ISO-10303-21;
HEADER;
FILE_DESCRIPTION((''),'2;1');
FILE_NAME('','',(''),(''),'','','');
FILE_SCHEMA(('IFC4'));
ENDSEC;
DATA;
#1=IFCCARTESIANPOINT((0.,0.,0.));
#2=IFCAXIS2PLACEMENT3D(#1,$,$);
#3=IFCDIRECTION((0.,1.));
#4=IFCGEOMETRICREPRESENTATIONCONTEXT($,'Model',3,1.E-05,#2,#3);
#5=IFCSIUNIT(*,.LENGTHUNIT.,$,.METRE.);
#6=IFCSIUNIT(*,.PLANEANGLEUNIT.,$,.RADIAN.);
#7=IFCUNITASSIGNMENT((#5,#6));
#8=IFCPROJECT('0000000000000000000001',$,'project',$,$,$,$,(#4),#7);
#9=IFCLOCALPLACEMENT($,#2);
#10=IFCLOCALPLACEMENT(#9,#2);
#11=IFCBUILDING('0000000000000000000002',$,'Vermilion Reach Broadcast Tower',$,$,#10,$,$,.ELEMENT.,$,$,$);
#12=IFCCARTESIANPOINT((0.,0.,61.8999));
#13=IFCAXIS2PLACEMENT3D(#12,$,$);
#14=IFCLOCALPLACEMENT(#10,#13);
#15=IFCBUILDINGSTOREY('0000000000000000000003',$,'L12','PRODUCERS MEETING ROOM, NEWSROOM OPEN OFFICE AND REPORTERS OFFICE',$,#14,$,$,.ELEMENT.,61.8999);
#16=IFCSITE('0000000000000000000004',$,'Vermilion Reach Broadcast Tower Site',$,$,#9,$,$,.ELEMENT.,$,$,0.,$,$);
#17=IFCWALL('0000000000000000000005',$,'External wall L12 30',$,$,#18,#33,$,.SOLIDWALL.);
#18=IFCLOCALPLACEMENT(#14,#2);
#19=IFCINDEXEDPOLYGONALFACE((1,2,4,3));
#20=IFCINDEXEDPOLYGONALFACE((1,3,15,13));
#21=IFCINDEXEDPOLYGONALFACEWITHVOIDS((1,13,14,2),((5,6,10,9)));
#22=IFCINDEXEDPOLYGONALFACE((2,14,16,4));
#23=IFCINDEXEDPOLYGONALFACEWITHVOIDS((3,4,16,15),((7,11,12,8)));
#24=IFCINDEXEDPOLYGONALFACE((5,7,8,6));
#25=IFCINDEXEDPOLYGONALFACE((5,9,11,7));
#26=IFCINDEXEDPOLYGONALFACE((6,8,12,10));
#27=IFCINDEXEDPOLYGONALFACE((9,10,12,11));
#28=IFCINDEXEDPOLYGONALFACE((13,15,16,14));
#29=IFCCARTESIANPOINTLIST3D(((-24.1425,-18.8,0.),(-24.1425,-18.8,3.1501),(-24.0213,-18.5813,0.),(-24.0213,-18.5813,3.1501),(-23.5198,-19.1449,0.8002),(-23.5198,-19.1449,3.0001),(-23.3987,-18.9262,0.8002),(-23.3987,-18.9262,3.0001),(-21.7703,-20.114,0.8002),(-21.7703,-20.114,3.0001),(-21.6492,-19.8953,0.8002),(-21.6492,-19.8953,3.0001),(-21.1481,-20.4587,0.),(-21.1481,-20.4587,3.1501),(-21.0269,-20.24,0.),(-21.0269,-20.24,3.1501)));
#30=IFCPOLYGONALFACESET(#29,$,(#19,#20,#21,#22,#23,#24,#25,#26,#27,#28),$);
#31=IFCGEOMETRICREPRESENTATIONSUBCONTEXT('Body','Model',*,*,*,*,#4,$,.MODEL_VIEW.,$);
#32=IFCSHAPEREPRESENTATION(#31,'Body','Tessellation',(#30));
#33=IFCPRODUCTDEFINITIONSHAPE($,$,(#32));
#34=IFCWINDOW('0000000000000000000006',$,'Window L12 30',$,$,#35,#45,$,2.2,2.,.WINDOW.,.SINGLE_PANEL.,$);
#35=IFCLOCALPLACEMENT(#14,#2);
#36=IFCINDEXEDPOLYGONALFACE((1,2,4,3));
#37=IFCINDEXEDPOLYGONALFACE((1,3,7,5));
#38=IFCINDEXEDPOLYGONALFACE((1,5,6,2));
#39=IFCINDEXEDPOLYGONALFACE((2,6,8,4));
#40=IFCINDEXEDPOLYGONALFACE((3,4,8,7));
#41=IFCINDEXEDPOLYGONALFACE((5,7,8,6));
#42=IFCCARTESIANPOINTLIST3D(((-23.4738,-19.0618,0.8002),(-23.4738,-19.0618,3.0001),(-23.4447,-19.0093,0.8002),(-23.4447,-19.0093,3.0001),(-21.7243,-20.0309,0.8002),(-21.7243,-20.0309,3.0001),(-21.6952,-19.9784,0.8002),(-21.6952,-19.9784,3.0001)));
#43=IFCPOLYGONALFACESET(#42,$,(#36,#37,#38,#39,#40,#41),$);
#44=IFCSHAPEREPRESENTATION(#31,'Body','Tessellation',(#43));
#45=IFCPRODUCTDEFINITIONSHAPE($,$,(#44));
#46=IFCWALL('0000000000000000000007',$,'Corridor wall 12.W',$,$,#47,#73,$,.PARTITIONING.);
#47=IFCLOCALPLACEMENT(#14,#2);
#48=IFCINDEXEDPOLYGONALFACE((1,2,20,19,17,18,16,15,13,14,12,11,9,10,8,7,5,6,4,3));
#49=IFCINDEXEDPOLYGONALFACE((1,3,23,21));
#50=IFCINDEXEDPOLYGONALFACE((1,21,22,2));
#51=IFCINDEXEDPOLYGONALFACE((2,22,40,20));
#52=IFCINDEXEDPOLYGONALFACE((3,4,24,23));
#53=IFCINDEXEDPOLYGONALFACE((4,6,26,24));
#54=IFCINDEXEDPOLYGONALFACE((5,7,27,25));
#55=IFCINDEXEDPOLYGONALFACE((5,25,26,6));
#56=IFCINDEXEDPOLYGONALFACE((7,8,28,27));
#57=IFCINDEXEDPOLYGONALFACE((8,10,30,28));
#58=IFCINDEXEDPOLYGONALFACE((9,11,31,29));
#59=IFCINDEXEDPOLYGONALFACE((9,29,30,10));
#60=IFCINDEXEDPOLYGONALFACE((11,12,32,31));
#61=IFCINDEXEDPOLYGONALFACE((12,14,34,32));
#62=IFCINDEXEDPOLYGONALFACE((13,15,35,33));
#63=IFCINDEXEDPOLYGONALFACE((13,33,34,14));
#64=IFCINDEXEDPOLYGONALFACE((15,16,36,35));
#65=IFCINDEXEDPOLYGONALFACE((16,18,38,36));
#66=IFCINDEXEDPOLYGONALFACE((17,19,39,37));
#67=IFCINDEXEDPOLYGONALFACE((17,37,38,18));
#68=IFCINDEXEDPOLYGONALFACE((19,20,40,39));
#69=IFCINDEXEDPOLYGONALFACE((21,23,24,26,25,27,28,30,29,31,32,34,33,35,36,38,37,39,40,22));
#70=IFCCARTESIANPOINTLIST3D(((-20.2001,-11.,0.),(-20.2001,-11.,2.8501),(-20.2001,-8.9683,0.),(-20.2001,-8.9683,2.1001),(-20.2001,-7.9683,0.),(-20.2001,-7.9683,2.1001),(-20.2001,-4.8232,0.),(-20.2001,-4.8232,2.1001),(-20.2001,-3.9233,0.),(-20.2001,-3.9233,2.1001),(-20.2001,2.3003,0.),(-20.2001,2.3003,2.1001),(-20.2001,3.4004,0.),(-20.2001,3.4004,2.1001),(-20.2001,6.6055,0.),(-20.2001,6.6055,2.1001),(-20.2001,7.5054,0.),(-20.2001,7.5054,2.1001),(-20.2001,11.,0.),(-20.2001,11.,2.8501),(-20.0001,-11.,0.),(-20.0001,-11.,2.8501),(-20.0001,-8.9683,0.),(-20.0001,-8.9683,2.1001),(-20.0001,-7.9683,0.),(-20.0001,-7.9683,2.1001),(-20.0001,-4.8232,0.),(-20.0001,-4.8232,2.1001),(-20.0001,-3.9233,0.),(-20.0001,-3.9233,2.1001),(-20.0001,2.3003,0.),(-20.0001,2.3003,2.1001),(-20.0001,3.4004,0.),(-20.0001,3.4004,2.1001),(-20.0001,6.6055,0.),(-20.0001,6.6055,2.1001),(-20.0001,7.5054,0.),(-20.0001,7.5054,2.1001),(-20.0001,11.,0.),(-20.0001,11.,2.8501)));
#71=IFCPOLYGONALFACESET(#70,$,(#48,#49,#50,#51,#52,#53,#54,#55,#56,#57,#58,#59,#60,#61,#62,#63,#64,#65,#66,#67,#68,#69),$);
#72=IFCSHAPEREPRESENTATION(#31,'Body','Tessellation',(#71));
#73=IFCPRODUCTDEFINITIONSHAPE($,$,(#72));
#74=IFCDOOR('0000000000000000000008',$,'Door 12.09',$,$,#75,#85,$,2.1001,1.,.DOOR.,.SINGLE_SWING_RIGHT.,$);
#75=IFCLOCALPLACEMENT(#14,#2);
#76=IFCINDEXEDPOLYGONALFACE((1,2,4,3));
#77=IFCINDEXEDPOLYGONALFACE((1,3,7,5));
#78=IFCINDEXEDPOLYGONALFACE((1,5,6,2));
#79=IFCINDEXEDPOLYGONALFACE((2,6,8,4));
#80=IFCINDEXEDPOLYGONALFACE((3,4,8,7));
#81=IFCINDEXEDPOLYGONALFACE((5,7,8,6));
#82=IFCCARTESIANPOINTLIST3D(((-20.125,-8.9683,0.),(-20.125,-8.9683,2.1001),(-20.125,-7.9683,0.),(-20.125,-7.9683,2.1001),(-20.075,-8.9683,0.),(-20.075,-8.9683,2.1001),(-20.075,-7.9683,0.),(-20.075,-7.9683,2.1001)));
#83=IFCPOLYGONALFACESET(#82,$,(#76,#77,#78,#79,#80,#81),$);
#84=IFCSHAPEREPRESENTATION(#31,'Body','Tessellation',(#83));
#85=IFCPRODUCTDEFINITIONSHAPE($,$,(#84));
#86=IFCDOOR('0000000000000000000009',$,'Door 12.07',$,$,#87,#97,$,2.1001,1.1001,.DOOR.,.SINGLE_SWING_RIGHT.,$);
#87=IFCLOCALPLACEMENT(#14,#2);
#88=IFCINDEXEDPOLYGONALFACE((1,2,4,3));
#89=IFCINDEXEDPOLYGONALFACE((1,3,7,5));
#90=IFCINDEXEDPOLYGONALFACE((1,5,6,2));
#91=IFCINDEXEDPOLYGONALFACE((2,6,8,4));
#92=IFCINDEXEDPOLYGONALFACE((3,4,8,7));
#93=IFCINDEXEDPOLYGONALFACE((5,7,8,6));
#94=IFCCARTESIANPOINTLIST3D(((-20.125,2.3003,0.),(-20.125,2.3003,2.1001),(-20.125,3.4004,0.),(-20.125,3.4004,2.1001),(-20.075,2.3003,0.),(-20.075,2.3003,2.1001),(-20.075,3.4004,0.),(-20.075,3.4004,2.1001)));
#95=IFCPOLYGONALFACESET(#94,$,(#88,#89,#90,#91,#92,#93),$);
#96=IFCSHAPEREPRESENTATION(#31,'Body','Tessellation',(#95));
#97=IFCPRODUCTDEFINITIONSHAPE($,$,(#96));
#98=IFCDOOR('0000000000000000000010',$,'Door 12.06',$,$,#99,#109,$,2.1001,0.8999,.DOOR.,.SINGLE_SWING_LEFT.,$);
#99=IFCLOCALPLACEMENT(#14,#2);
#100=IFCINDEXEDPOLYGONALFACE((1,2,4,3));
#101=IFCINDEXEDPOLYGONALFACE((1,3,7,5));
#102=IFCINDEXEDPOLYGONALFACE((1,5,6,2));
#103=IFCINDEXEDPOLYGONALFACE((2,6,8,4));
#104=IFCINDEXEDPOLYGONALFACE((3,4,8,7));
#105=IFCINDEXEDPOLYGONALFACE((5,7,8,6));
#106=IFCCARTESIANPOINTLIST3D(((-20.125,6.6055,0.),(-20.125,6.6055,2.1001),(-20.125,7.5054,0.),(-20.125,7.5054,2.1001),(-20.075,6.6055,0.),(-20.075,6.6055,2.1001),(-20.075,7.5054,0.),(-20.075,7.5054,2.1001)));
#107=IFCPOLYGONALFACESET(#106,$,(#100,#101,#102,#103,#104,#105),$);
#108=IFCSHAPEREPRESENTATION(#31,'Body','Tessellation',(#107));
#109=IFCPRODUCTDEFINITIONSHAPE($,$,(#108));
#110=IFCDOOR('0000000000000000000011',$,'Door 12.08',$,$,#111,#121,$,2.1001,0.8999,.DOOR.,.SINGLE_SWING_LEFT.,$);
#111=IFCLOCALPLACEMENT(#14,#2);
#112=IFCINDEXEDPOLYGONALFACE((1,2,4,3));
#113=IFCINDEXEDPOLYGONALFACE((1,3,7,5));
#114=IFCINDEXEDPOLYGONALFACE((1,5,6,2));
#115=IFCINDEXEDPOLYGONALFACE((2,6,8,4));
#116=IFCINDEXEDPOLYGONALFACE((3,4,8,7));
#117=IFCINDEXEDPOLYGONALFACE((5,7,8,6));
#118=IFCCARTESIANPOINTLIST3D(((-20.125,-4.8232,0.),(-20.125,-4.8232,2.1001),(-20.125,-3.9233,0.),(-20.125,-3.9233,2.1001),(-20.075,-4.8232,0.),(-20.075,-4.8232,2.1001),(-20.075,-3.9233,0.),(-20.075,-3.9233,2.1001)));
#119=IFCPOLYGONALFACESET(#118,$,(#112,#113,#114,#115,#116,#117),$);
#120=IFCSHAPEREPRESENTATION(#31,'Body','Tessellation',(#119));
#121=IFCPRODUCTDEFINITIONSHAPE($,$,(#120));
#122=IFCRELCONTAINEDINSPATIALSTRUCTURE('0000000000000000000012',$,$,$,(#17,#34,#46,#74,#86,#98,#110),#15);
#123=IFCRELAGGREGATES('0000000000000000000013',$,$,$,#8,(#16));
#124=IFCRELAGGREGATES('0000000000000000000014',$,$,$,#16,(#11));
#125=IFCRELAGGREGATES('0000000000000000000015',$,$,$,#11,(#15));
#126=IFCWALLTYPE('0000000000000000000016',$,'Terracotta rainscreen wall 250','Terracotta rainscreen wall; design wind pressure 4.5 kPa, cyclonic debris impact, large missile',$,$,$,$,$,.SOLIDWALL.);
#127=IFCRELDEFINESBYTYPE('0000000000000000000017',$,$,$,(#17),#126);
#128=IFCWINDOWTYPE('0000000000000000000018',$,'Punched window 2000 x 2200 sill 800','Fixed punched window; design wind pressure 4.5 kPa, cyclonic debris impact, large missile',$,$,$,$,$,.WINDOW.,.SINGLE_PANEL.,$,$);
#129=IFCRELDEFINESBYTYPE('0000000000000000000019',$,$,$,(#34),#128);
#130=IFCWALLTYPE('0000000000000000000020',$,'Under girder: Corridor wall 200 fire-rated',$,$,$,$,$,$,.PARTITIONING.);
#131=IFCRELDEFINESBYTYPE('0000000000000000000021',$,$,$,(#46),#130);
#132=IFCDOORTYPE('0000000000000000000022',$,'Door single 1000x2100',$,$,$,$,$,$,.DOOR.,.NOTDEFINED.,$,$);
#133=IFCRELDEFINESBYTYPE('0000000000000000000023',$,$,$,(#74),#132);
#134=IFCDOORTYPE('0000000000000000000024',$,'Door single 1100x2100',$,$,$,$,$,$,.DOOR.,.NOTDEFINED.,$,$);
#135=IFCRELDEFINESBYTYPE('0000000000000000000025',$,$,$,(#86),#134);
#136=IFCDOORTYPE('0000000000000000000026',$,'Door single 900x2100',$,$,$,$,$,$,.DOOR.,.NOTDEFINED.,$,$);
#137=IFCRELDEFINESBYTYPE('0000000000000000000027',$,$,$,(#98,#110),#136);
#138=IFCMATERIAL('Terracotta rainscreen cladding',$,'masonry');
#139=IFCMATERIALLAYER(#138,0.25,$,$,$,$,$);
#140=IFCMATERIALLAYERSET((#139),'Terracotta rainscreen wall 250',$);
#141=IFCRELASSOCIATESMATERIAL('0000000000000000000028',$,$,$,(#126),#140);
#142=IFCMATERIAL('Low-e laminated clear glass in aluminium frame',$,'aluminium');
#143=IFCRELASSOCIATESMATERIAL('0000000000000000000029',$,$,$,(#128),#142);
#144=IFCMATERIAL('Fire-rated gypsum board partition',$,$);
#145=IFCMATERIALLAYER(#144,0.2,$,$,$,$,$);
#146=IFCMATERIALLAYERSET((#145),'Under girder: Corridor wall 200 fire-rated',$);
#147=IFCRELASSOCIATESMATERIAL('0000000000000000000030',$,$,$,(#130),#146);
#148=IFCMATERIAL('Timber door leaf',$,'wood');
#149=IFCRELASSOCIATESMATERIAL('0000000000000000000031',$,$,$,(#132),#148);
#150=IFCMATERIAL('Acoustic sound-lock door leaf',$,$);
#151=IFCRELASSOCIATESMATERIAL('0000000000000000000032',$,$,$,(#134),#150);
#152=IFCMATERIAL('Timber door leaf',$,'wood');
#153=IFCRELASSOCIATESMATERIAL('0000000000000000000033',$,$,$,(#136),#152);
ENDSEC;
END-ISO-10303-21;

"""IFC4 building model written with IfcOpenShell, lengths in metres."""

from ifc_helpers import new_model, si_unit, direction, frame, frame_2d, origin, place, context, subcontext, project, spatial, rectangle, extrude, material, layer, layer_set, type_object, element, fill, save


model = new_model("IFC4")

# Units and contexts
model_context = context("Model", 3, precision=1e-05, world=origin(), true_north=direction((0.0, 1.0)))
body_context = subcontext(model_context, "Body", "Model", "MODEL_VIEW")
ifc_project = project(units=[si_unit("LENGTHUNIT", "METRE"), si_unit("PLANEANGLEUNIT", "RADIAN")], contexts=[model_context])

# Site, building, storey
site_placement = place(None, origin())
site = spatial("IfcSite", under=ifc_project, at=site_placement, Name="Vermilion Reach Broadcast Tower Site", CompositionType="ELEMENT", RefElevation=0.0)
building_placement = place(site_placement, origin())
building = spatial("IfcBuilding", under=site, at=building_placement, Name="Vermilion Reach Broadcast Tower", CompositionType="ELEMENT")
storey_placement = place(building_placement, frame((0.0, 0.0, 61.8999)))
storey = spatial("IfcBuildingStorey", under=building, at=storey_placement, Name="L12", Description="PRODUCERS MEETING ROOM, NEWSROOM OPEN OFFICE AND REPORTERS OFFICE", CompositionType="ELEMENT", Elevation=61.8999)

# Shared definitions
ifc_material_1 = material(Name="Terracotta rainscreen cladding", Category="masonry")
ifc_layer_1 = layer(ifc_material_1, 0.25)
ifc_layer_set_1 = layer_set([ifc_layer_1], Name="Terracotta rainscreen wall 250")
wall_type_1 = type_object("IfcWallType", Name="Terracotta rainscreen wall 250", Description="Terracotta rainscreen wall; design wind pressure 4.5 kPa, cyclonic debris impact, large missile", PredefinedType="SOLIDWALL", material=ifc_layer_set_1)

# Wall, opening, window
ifc_material_2 = material(Name="Low-e laminated clear glass in aluminium frame", Category="aluminium")
window_type = type_object("IfcWindowType", Name="Punched window 2000 x 2200 sill 800", Description="Fixed punched window; design wind pressure 4.5 kPa, cyclonic debris impact, large missile", PartitioningType="SINGLE_PANEL", PredefinedType="WINDOW", material=ifc_material_2)
wall_1_placement = place(storey_placement, frame((-24.0818, -18.6907, 0.0), z_axis=(0.0, 0.0, 1.0), x_axis=(0.874759, -0.484559, 0.0)))
wall_1 = element("IfcWall", 1, at=wall_1_placement, inside=storey, type_object=wall_type_1, Name="External wall L12 30", PredefinedType="SOLIDWALL", context=body_context, shape_type="SweptSolid", body=[
    extrude(rectangle(XDim=3.4231, YDim=0.25, at=frame_2d((1.7114, 0.0))), origin(), (0.0, 0.0, 1.0), 3.1501),
])
opening_1_placement = place(wall_1_placement, frame((0.7117, 0.0, 0.8)))
opening_1 = element("IfcOpeningElement", 2, at=opening_1_placement, cuts=wall_1, PredefinedType="OPENING", context=body_context, shape_type="SweptSolid", body=[
    extrude(rectangle(XDim=2.0, YDim=2.2, at=frame_2d((1.0, 1.1001))), frame((0.0, 0.135, 0.0), z_axis=(0.0, -1.0, 0.0), x_axis=(1.0, 0.0, 0.0)), (0.0, 0.0, 1.0), 0.27),
])
window_1_placement = place(opening_1_placement, origin())
window_1 = element("IfcWindow", 3, at=window_1_placement, inside=storey, type_object=window_type, Name="Window L12 30", OverallHeight=2.2, OverallWidth=2.0, PartitioningType="SINGLE_PANEL", PredefinedType="WINDOW", context=body_context, shape_type="SweptSolid", body=[
    extrude(rectangle(XDim=2.0, YDim=2.2, at=frame_2d((1.0, 1.1001))), frame((0.0, 0.03, 0.0), z_axis=(0.0, -1.0, 0.0), x_axis=(1.0, 0.0, 0.0)), (0.0, 0.0, 1.0), 0.0601),
])
fill(opening_1, window_1)

# Wall, openings, doors
ifc_material_3 = material(Name="Fire-rated gypsum board partition")
ifc_layer_2 = layer(ifc_material_3, 0.2)
ifc_layer_set_2 = layer_set([ifc_layer_2], Name="Under girder: Corridor wall 200 fire-rated")
wall_type_2 = type_object("IfcWallType", Name="Under girder: Corridor wall 200 fire-rated", PredefinedType="PARTITIONING", material=ifc_layer_set_2)
wall_2_placement = place(storey_placement, frame((-20.1001, -11.0, 0.0), z_axis=(0.0, 0.0, 1.0), x_axis=(0.0, 1.0, 0.0)))
wall_2 = element("IfcWall", 4, at=wall_2_placement, inside=storey, type_object=wall_type_2, Name="Corridor wall 12.W", PredefinedType="PARTITIONING", context=body_context, shape_type="SweptSolid", body=[
    extrude(rectangle(XDim=22.0, YDim=0.2, at=frame_2d((11.0, 0.0))), origin(), (0.0, 0.0, 1.0), 2.8501),
])
opening_2_placement = place(wall_2_placement, frame((17.6055, 0.0, 0.0)))
opening_2 = element("IfcOpeningElement", 5, at=opening_2_placement, cuts=wall_2, PredefinedType="OPENING", context=body_context, shape_type="SweptSolid", body=[
    extrude(rectangle(XDim=0.8999, YDim=2.1001, at=frame_2d((0.45, 1.05))), frame((0.0, 0.1099, 0.0), z_axis=(0.0, -1.0, 0.0), x_axis=(1.0, 0.0, 0.0)), (0.0, 0.0, 1.0), 0.22),
])
opening_3_placement = place(wall_2_placement, frame((13.3003, 0.0, 0.0)))
opening_3 = element("IfcOpeningElement", 6, at=opening_3_placement, cuts=wall_2, PredefinedType="OPENING", context=body_context, shape_type="SweptSolid", body=[
    extrude(rectangle(XDim=1.1001, YDim=2.1001, at=frame_2d((0.55, 1.05))), frame((0.0, 0.1099, 0.0), z_axis=(0.0, -1.0, 0.0), x_axis=(1.0, 0.0, 0.0)), (0.0, 0.0, 1.0), 0.22),
])
opening_4_placement = place(wall_2_placement, frame((6.1768, 0.0, 0.0)))
opening_4 = element("IfcOpeningElement", 7, at=opening_4_placement, cuts=wall_2, PredefinedType="OPENING", context=body_context, shape_type="SweptSolid", body=[
    extrude(rectangle(XDim=0.8999, YDim=2.1001, at=frame_2d((0.45, 1.05))), frame((0.0, 0.1099, 0.0), z_axis=(0.0, -1.0, 0.0), x_axis=(1.0, 0.0, 0.0)), (0.0, 0.0, 1.0), 0.22),
])
opening_5_placement = place(wall_2_placement, frame((2.0317, 0.0, 0.0)))
opening_5 = element("IfcOpeningElement", 8, at=opening_5_placement, cuts=wall_2, PredefinedType="OPENING", context=body_context, shape_type="SweptSolid", body=[
    extrude(rectangle(XDim=1.0, YDim=2.1001, at=frame_2d((0.5, 1.05))), frame((0.0, 0.1099, 0.0), z_axis=(0.0, -1.0, 0.0), x_axis=(1.0, 0.0, 0.0)), (0.0, 0.0, 1.0), 0.22),
])
ifc_material_4 = material(Name="Timber door leaf", Category="wood")
door_type_1 = type_object("IfcDoorType", Name="Door single 1000x2100", OperationType="NOTDEFINED", PredefinedType="DOOR", material=ifc_material_4)
door_1_placement = place(opening_5_placement, origin())
door_1 = element("IfcDoor", 9, at=door_1_placement, inside=storey, type_object=door_type_1, Name="Door 12.09", OperationType="SINGLE_SWING_RIGHT", OverallHeight=2.1001, OverallWidth=1.0, PredefinedType="DOOR", context=body_context, shape_type="SweptSolid", body=[
    extrude(rectangle(XDim=1.0, YDim=2.1001, at=frame_2d((0.5, 1.05))), frame((0.0, 0.0249, 0.0), z_axis=(0.0, -1.0, 0.0), x_axis=(1.0, 0.0, 0.0)), (0.0, 0.0, 1.0), 0.05),
])
fill(opening_5, door_1)
ifc_material_5 = material(Name="Acoustic sound-lock door leaf")
door_type_2 = type_object("IfcDoorType", Name="Door single 1100x2100", OperationType="NOTDEFINED", PredefinedType="DOOR", material=ifc_material_5)
door_2_placement = place(opening_3_placement, origin())
door_2 = element("IfcDoor", 10, at=door_2_placement, inside=storey, type_object=door_type_2, Name="Door 12.07", OperationType="SINGLE_SWING_RIGHT", OverallHeight=2.1001, OverallWidth=1.1001, PredefinedType="DOOR", context=body_context, shape_type="SweptSolid", body=[
    extrude(rectangle(XDim=1.1001, YDim=2.1001, at=frame_2d((0.55, 1.05))), frame((0.0, 0.0249, 0.0), z_axis=(0.0, -1.0, 0.0), x_axis=(1.0, 0.0, 0.0)), (0.0, 0.0, 1.0), 0.05),
])
fill(opening_3, door_2)
ifc_material_6 = material(Name="Timber door leaf", Category="wood")
door_type_3 = type_object("IfcDoorType", Name="Door single 900x2100", OperationType="NOTDEFINED", PredefinedType="DOOR", material=ifc_material_6)
door_3_placement = place(opening_2_placement, origin())
door_3 = element("IfcDoor", 11, at=door_3_placement, inside=storey, type_object=door_type_3, Name="Door 12.06", OperationType="SINGLE_SWING_LEFT", OverallHeight=2.1001, OverallWidth=0.8999, PredefinedType="DOOR", context=body_context, shape_type="SweptSolid", body=[
    extrude(rectangle(XDim=0.8999, YDim=2.1001, at=frame_2d((0.45, 1.05))), frame((0.0, 0.0249, 0.0), z_axis=(0.0, -1.0, 0.0), x_axis=(1.0, 0.0, 0.0)), (0.0, 0.0, 1.0), 0.05),
])
fill(opening_2, door_3)
door_4_placement = place(opening_4_placement, origin())
door_4 = element("IfcDoor", 12, at=door_4_placement, inside=storey, type_object=door_type_3, Name="Door 12.08", OperationType="SINGLE_SWING_LEFT", OverallHeight=2.1001, OverallWidth=0.8999, PredefinedType="DOOR", context=body_context, shape_type="SweptSolid", body=[
    extrude(rectangle(XDim=0.8999, YDim=2.1001, at=frame_2d((0.45, 1.05))), frame((0.0, 0.0249, 0.0), z_axis=(0.0, -1.0, 0.0), x_axis=(1.0, 0.0, 0.0)), (0.0, 0.0, 1.0), 0.05),
])
fill(opening_4, door_4)

save(model, "model.ifc")
